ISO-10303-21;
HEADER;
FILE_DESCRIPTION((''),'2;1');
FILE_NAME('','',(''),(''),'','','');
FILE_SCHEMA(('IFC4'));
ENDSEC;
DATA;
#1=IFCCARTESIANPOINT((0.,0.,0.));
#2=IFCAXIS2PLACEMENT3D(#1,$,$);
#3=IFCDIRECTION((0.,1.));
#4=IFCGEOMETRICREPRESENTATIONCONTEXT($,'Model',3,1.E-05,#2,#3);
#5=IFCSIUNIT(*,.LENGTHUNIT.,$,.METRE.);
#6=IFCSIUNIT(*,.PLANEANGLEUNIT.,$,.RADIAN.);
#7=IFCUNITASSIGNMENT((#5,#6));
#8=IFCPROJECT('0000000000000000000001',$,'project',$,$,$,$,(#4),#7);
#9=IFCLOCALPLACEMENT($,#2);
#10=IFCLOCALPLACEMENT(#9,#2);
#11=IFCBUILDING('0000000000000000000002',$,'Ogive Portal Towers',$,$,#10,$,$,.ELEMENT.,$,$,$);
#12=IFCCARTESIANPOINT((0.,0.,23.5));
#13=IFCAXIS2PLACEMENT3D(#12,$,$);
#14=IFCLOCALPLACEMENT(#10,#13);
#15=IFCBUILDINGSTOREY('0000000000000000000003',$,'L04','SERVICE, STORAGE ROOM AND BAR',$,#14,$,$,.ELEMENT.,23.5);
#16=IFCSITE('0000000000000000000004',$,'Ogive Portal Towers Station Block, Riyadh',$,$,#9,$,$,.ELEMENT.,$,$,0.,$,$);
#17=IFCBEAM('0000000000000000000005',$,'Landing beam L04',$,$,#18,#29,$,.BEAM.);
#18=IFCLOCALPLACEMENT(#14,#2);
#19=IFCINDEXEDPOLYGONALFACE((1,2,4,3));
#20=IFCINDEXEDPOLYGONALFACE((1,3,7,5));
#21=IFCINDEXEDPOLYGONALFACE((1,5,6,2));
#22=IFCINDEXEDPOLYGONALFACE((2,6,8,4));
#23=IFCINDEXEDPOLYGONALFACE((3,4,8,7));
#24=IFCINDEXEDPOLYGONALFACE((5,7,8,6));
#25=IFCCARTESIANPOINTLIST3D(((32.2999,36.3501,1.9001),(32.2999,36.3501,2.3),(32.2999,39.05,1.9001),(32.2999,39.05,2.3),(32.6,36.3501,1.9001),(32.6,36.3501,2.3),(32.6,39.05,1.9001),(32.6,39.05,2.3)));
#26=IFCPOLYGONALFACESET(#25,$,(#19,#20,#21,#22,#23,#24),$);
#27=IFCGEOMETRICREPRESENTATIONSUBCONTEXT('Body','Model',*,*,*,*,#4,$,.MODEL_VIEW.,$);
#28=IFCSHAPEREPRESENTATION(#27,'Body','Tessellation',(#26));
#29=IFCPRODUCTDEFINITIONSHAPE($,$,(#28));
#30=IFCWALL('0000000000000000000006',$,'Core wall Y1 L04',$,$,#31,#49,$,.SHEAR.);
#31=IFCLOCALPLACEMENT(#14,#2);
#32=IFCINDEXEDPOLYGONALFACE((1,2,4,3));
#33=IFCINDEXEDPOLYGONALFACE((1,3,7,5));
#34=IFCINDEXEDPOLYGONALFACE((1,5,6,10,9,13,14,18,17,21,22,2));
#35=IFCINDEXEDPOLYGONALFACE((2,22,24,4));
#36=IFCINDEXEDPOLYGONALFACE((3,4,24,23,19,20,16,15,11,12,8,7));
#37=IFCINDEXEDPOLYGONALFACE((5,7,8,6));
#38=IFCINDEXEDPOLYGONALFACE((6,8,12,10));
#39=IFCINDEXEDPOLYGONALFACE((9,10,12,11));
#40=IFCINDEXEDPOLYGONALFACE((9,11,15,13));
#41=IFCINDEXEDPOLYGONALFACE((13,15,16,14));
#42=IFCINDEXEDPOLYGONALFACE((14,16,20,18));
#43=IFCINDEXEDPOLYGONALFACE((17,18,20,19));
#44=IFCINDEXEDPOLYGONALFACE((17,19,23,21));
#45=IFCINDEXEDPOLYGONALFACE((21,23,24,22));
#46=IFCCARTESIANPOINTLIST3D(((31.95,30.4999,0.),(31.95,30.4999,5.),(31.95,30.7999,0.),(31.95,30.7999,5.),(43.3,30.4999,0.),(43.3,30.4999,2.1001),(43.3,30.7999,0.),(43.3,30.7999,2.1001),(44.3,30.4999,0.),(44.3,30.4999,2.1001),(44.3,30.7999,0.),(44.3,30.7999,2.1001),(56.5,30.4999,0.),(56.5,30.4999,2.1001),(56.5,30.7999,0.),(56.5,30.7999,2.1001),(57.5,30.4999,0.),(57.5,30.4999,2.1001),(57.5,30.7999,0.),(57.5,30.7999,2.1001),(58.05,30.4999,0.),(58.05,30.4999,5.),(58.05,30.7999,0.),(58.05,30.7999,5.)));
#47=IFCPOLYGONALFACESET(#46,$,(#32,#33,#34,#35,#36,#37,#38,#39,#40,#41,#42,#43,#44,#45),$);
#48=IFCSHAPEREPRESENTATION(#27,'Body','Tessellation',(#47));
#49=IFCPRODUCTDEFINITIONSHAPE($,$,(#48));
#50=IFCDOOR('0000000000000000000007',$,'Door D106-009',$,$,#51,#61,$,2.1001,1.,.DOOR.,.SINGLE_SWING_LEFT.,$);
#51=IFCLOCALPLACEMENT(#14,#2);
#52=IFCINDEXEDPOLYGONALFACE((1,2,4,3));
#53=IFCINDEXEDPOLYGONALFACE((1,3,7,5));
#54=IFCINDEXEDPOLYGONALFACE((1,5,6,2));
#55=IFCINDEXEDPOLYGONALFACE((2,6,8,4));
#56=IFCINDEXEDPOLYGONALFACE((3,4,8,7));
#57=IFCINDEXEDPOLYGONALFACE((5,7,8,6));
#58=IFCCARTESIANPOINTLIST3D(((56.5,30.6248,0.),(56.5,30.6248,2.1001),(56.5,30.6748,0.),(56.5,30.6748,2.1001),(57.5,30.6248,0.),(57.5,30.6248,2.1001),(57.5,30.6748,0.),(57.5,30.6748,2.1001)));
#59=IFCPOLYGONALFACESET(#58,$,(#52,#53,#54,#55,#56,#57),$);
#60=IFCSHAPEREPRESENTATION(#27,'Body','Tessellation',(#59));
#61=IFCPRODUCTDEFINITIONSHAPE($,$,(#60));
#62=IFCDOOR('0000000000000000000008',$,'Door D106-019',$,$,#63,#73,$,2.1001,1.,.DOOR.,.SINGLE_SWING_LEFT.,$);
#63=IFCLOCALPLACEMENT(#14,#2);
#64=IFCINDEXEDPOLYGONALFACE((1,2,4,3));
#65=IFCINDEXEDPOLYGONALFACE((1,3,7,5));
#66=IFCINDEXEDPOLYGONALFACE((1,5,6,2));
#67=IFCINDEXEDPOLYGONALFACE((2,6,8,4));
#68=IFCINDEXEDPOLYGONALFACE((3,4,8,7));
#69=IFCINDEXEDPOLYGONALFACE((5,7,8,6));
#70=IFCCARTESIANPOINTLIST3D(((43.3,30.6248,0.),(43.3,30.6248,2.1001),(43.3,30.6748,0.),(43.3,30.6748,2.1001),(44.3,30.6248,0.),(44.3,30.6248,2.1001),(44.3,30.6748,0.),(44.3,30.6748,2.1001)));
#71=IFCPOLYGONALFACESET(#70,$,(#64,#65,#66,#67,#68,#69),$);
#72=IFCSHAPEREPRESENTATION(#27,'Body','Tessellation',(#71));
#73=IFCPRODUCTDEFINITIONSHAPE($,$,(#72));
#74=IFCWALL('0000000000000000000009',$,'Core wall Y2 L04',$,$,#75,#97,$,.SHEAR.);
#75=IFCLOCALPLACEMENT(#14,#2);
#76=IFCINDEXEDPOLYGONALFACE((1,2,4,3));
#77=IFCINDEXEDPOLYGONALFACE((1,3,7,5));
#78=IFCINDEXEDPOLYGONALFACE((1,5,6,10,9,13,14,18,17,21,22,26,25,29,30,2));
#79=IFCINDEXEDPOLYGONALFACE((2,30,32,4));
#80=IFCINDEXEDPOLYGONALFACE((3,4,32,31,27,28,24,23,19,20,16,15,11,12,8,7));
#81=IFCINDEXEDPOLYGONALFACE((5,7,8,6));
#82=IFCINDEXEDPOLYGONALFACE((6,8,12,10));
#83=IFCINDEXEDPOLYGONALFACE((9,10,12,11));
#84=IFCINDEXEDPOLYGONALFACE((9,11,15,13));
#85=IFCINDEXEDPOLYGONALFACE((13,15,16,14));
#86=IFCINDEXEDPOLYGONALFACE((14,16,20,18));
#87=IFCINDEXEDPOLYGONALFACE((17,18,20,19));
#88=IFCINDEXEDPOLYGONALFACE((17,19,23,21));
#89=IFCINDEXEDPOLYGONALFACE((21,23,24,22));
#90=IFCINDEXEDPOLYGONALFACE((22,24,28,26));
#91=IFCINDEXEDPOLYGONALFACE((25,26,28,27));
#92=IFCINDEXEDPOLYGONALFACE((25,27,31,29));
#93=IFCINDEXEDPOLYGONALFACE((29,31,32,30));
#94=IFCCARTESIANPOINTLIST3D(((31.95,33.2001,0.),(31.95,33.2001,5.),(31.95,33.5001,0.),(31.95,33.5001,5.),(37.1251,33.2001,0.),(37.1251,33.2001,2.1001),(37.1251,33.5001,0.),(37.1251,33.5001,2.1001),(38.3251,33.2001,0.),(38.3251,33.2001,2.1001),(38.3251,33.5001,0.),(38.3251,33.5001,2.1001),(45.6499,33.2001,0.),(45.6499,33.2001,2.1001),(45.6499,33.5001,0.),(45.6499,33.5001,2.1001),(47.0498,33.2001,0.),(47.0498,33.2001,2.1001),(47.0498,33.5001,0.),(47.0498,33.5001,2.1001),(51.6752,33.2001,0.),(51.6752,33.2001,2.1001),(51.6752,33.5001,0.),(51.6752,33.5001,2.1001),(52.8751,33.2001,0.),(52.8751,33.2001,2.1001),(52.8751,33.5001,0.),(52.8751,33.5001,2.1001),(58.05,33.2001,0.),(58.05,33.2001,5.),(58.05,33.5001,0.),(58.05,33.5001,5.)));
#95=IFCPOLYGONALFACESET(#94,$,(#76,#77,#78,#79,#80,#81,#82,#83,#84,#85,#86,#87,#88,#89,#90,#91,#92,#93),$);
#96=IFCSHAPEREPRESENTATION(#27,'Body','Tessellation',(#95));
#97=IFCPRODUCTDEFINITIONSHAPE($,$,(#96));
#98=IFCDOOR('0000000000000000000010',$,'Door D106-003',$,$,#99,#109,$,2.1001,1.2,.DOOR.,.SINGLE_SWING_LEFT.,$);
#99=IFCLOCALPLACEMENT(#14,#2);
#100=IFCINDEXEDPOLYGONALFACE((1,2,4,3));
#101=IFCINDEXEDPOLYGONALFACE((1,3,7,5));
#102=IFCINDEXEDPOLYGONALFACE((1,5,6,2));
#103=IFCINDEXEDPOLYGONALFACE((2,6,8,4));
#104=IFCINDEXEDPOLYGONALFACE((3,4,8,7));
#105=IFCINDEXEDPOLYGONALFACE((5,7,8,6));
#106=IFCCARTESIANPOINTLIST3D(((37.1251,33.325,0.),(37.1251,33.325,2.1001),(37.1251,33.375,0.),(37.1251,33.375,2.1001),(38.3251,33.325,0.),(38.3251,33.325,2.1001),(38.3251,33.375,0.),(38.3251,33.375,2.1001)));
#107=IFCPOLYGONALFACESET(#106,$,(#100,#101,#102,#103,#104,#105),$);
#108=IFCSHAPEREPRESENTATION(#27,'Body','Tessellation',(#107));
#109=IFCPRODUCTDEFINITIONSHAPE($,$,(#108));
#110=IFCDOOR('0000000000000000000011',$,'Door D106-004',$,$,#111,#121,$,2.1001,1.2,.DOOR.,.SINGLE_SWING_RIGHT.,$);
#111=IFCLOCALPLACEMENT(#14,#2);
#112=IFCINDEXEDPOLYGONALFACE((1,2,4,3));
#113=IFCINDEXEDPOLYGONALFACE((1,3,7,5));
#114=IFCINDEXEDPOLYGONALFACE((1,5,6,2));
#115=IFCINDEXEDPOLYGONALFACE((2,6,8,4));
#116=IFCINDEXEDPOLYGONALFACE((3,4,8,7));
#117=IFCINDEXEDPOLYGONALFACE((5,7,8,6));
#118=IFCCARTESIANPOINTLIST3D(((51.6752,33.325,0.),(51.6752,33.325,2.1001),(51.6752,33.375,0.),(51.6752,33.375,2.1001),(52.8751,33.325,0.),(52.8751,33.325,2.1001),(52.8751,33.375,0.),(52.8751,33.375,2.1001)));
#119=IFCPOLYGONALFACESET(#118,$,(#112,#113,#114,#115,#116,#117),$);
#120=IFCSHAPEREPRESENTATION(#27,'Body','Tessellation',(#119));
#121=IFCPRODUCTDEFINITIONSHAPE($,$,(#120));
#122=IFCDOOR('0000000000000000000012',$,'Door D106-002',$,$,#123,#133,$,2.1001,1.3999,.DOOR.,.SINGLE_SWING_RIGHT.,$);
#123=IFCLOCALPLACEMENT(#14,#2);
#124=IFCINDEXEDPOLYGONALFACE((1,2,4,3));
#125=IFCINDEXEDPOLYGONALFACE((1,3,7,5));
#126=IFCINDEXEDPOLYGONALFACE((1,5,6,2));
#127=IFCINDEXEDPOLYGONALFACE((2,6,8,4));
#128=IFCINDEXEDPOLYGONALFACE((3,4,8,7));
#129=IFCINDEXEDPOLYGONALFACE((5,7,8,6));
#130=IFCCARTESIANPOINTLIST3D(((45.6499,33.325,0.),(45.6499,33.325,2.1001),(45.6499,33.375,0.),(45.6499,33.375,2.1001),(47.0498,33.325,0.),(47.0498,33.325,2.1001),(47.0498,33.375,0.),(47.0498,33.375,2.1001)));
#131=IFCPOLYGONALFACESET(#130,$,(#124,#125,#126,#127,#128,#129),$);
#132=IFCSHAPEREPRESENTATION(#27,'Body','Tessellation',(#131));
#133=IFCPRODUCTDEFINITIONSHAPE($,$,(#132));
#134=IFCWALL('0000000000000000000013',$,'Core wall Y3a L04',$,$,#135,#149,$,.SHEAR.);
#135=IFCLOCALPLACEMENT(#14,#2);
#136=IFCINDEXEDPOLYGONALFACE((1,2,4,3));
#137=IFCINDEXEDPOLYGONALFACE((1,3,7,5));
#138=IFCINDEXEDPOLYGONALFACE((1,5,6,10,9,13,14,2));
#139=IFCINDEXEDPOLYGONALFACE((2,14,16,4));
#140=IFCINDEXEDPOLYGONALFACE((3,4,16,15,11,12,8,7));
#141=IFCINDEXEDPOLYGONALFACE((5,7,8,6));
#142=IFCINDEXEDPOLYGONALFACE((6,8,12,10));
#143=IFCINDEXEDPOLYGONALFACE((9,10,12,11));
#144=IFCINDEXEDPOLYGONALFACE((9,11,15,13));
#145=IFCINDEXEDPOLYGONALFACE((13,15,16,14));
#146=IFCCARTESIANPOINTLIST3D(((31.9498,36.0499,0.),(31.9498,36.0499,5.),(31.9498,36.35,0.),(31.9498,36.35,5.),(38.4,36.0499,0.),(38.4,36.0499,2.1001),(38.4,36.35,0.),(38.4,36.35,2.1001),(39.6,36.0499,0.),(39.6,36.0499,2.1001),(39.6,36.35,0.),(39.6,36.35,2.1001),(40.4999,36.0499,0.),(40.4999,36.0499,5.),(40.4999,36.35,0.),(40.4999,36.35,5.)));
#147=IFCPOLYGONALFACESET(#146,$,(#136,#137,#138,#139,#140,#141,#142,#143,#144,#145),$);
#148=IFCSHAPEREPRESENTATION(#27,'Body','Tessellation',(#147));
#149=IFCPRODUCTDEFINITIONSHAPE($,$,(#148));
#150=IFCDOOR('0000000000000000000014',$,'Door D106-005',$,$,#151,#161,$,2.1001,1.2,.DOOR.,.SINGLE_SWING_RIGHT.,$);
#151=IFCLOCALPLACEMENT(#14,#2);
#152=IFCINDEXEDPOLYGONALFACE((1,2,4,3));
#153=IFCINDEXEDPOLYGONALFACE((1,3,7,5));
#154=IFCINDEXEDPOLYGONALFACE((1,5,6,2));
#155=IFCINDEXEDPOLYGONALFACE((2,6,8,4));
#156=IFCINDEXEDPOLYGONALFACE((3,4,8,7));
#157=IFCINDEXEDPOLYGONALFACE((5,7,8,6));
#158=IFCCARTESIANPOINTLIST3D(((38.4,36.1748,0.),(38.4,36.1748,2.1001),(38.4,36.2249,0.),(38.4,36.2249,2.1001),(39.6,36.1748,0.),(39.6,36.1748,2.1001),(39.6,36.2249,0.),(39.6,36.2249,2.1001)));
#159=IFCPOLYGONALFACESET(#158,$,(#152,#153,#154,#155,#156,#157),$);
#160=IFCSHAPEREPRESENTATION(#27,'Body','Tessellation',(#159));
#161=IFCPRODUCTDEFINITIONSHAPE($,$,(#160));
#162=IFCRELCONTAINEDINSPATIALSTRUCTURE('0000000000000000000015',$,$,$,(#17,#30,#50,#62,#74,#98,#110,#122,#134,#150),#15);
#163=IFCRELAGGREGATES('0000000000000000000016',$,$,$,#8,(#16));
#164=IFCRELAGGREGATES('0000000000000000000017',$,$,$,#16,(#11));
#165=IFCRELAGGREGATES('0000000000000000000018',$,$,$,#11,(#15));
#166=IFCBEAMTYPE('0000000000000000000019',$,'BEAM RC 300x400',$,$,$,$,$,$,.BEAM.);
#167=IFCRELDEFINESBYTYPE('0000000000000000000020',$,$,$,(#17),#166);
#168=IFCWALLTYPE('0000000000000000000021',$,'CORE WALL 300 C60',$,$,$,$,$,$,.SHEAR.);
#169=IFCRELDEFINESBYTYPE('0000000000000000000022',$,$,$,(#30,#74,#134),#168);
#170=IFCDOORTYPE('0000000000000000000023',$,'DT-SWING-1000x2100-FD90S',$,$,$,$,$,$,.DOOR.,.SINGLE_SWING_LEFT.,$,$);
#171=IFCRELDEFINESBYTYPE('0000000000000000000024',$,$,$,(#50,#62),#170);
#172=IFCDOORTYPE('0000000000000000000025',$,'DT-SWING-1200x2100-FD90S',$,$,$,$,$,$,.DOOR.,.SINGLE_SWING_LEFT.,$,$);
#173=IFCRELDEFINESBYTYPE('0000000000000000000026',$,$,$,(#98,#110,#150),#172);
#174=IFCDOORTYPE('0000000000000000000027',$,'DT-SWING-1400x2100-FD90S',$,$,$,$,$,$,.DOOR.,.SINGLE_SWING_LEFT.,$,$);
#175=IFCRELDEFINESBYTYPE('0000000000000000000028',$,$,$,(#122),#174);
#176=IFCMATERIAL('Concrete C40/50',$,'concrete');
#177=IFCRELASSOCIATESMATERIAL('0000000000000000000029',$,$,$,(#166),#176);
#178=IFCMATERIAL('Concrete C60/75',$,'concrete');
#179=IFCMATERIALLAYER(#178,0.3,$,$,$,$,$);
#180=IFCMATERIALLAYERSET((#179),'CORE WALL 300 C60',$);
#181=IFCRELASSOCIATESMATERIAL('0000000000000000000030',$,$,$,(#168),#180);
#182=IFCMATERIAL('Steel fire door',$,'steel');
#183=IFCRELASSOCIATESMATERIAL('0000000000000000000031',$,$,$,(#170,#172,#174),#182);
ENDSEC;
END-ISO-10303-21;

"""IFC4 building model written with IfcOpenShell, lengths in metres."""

from ifc_helpers import new_model, si_unit, direction, frame, frame_2d, origin, origin_2d, place, context, subcontext, project, spatial, rectangle, extrude, material, layer, layer_set, material_profile, profile_set, type_object, element, fill, save


model = new_model("IFC4")

# Units and contexts
model_context = context("Model", 3, precision=1e-05, world=origin(), true_north=direction((0.0, 1.0)))
body_context = subcontext(model_context, "Body", "Model", "MODEL_VIEW")
ifc_project = project(units=[si_unit("LENGTHUNIT", "METRE"), si_unit("PLANEANGLEUNIT", "RADIAN")], contexts=[model_context])

# Site, building, storey
site_placement = place(None, origin())
site = spatial("IfcSite", under=ifc_project, at=site_placement, Name="Ogive Portal Towers Station Block, Riyadh", CompositionType="ELEMENT", RefElevation=0.0)
building_placement = place(site_placement, origin())
building = spatial("IfcBuilding", under=site, at=building_placement, Name="Ogive Portal Towers", CompositionType="ELEMENT")
storey_placement = place(building_placement, frame((0.0, 0.0, 23.5)))
storey = spatial("IfcBuildingStorey", under=building, at=storey_placement, Name="L04", Description="SERVICE, STORAGE ROOM AND BAR", CompositionType="ELEMENT", Elevation=23.5)

# Beam
ifc_material_1 = material(Name="Concrete C40/50", Category="concrete")
ifc_material_profile = material_profile(ifc_material_1, rectangle(XDim=0.3, YDim=0.3999, at=origin_2d()), Name="RC 300x400")
ifc_profile_set = profile_set([ifc_material_profile], Name="Concrete C40/50")
beam_type = type_object("IfcBeamType", Name="BEAM RC 300x400", PredefinedType="BEAM", material=ifc_profile_set)
beam_placement = place(storey_placement, frame((32.45, 36.3501, 2.1001), z_axis=(0.0, 1.0, 0.0), x_axis=(-1.0, 0.0, 0.0)))
element("IfcBeam", 1, at=beam_placement, inside=storey, type_object=beam_type, Name="Landing beam L04", PredefinedType="BEAM", context=body_context, shape_type="SweptSolid", body=[
    extrude(rectangle(XDim=0.3, YDim=0.3999, at=origin_2d()), origin(), (0.0, 0.0, 1.0), 2.7),
])

# Walls, openings, doors
ifc_material_2 = material(Name="Concrete C60/75", Category="concrete")
ifc_layer_1 = layer(ifc_material_2, 0.3)
ifc_layer_set_1 = layer_set([ifc_layer_1], Name="CORE WALL 300 C60")
wall_type_1 = type_object("IfcWallType", Name="CORE WALL 300 C60", PredefinedType="SHEAR", material=ifc_layer_set_1)
wall_1_placement = place(storey_placement, frame((31.95, 30.6499, 0.0), z_axis=(0.0, 0.0, 1.0), x_axis=(1.0, 0.0, 0.0)))
wall_1 = element("IfcWall", 2, at=wall_1_placement, inside=storey, type_object=wall_type_1, Name="Core wall Y1 L04", PredefinedType="SHEAR", context=body_context, shape_type="SweptSolid", body=[
    extrude(rectangle(XDim=26.1001, YDim=0.3, at=frame_2d((13.05, 0.0))), origin(), (0.0, 0.0, 1.0), 5.0),
])
opening_1_placement = place(wall_1_placement, frame((24.55, 0.0, 0.0)))
opening_1 = element("IfcOpeningElement", 3, at=opening_1_placement, cuts=wall_1, PredefinedType="OPENING", context=body_context, shape_type="SweptSolid", body=[
    extrude(rectangle(XDim=1.0, YDim=2.1001, at=frame_2d((0.5, 1.05))), frame((0.0, 0.1602, 0.0), z_axis=(0.0, -1.0, 0.0), x_axis=(1.0, 0.0, 0.0)), (0.0, 0.0, 1.0), 0.3201),
])
opening_2_placement = place(wall_1_placement, frame((11.3501, 0.0, 0.0)))
opening_2 = element("IfcOpeningElement", 4, at=opening_2_placement, cuts=wall_1, PredefinedType="OPENING", context=body_context, shape_type="SweptSolid", body=[
    extrude(rectangle(XDim=1.0, YDim=2.1001, at=frame_2d((0.5, 1.05))), frame((0.0, 0.1602, 0.0), z_axis=(0.0, -1.0, 0.0), x_axis=(1.0, 0.0, 0.0)), (0.0, 0.0, 1.0), 0.3201),
])
ifc_material_3 = material(Name="Steel fire door", Category="steel")
door_type_1 = type_object("IfcDoorType", Name="DT-SWING-1000x2100-FD90S", OperationType="SINGLE_SWING_LEFT", PredefinedType="DOOR", material=ifc_material_3)
door_1_placement = place(opening_1_placement, origin())
door_1 = element("IfcDoor", 5, at=door_1_placement, inside=storey, type_object=door_type_1, Name="Door D106-009", OperationType="SINGLE_SWING_LEFT", OverallHeight=2.1001, OverallWidth=1.0, PredefinedType="DOOR", context=body_context, shape_type="SweptSolid", body=[
    extrude(rectangle(XDim=1.0, YDim=2.1001, at=frame_2d((0.5, 1.05))), frame((0.0, 0.0249, 0.0), z_axis=(0.0, -1.0, 0.0), x_axis=(1.0, 0.0, 0.0)), (0.0, 0.0, 1.0), 0.05),
])
fill(opening_1, door_1)
door_2_placement = place(opening_2_placement, origin())
door_2 = element("IfcDoor", 6, at=door_2_placement, inside=storey, type_object=door_type_1, Name="Door D106-019", OperationType="SINGLE_SWING_LEFT", OverallHeight=2.1001, OverallWidth=1.0, PredefinedType="DOOR", context=body_context, shape_type="SweptSolid", body=[
    extrude(rectangle(XDim=1.0, YDim=2.1001, at=frame_2d((0.5, 1.05))), frame((0.0, 0.0249, 0.0), z_axis=(0.0, -1.0, 0.0), x_axis=(1.0, 0.0, 0.0)), (0.0, 0.0, 1.0), 0.05),
])
fill(opening_2, door_2)
wall_2_placement = place(storey_placement, frame((31.95, 33.3501, 0.0), z_axis=(0.0, 0.0, 1.0), x_axis=(1.0, 0.0, 0.0)))
wall_2 = element("IfcWall", 7, at=wall_2_placement, inside=storey, type_object=wall_type_1, Name="Core wall Y2 L04", PredefinedType="SHEAR", context=body_context, shape_type="SweptSolid", body=[
    extrude(rectangle(XDim=26.1001, YDim=0.3, at=frame_2d((13.05, 0.0))), origin(), (0.0, 0.0, 1.0), 5.0),
])
opening_3_placement = place(wall_2_placement, frame((13.7, 0.0, 0.0)))
opening_3 = element("IfcOpeningElement", 8, at=opening_3_placement, cuts=wall_2, PredefinedType="OPENING", context=body_context, shape_type="SweptSolid", body=[
    extrude(rectangle(XDim=1.3999, YDim=2.1001, at=frame_2d((0.7, 1.05))), frame((0.0, 0.1602, 0.0), z_axis=(0.0, -1.0, 0.0), x_axis=(1.0, 0.0, 0.0)), (0.0, 0.0, 1.0), 0.3201),
])
opening_4_placement = place(wall_2_placement, frame((5.175, 0.0, 0.0)))
opening_4 = element("IfcOpeningElement", 9, at=opening_4_placement, cuts=wall_2, PredefinedType="OPENING", context=body_context, shape_type="SweptSolid", body=[
    extrude(rectangle(XDim=1.2, YDim=2.1001, at=frame_2d((0.6001, 1.05))), frame((0.0, 0.1602, 0.0), z_axis=(0.0, -1.0, 0.0), x_axis=(1.0, 0.0, 0.0)), (0.0, 0.0, 1.0), 0.3201),
])
opening_5_placement = place(wall_2_placement, frame((19.7251, 0.0, 0.0)))
opening_5 = element("IfcOpeningElement", 10, at=opening_5_placement, cuts=wall_2, PredefinedType="OPENING", context=body_context, shape_type="SweptSolid", body=[
    extrude(rectangle(XDim=1.2, YDim=2.1001, at=frame_2d((0.6001, 1.05))), frame((0.0, 0.1602, 0.0), z_axis=(0.0, -1.0, 0.0), x_axis=(1.0, 0.0, 0.0)), (0.0, 0.0, 1.0), 0.3201),
])
door_type_2 = type_object("IfcDoorType", Name="DT-SWING-1200x2100-FD90S", OperationType="SINGLE_SWING_LEFT", PredefinedType="DOOR", material=ifc_material_3)
door_3_placement = place(opening_4_placement, origin())
door_3 = element("IfcDoor", 11, at=door_3_placement, inside=storey, type_object=door_type_2, Name="Door D106-003", OperationType="SINGLE_SWING_LEFT", OverallHeight=2.1001, OverallWidth=1.2, PredefinedType="DOOR", context=body_context, shape_type="SweptSolid", body=[
    extrude(rectangle(XDim=1.2, YDim=2.1001, at=frame_2d((0.6001, 1.05))), frame((0.0, 0.0249, 0.0), z_axis=(0.0, -1.0, 0.0), x_axis=(1.0, 0.0, 0.0)), (0.0, 0.0, 1.0), 0.05),
])
fill(opening_4, door_3)
door_4_placement = place(opening_5_placement, origin())
door_4 = element("IfcDoor", 12, at=door_4_placement, inside=storey, type_object=door_type_2, Name="Door D106-004", OperationType="SINGLE_SWING_RIGHT", OverallHeight=2.1001, OverallWidth=1.2, PredefinedType="DOOR", context=body_context, shape_type="SweptSolid", body=[
    extrude(rectangle(XDim=1.2, YDim=2.1001, at=frame_2d((0.6001, 1.05))), frame((0.0, 0.0249, 0.0), z_axis=(0.0, -1.0, 0.0), x_axis=(1.0, 0.0, 0.0)), (0.0, 0.0, 1.0), 0.05),
])
fill(opening_5, door_4)
door_type_3 = type_object("IfcDoorType", Name="DT-SWING-1400x2100-FD90S", OperationType="SINGLE_SWING_LEFT", PredefinedType="DOOR", material=ifc_material_3)
door_5_placement = place(opening_3_placement, origin())
door_5 = element("IfcDoor", 13, at=door_5_placement, inside=storey, type_object=door_type_3, Name="Door D106-002", OperationType="SINGLE_SWING_RIGHT", OverallHeight=2.1001, OverallWidth=1.3999, PredefinedType="DOOR", context=body_context, shape_type="SweptSolid", body=[
    extrude(rectangle(XDim=1.3999, YDim=2.1001, at=frame_2d((0.7, 1.05))), frame((0.0, 0.0249, 0.0), z_axis=(0.0, -1.0, 0.0), x_axis=(1.0, 0.0, 0.0)), (0.0, 0.0, 1.0), 0.05),
])
fill(opening_3, door_5)

# Wall, opening, door
wall_3_placement = place(storey_placement, frame((31.95, 36.2, 0.0), z_axis=(0.0, 0.0, 1.0), x_axis=(1.0, 0.0, 0.0)))
wall_3 = element("IfcWall", 14, at=wall_3_placement, inside=storey, type_object=wall_type_1, Name="Core wall Y3a L04", PredefinedType="SHEAR", context=body_context, shape_type="SweptSolid", body=[
    extrude(rectangle(XDim=8.55, YDim=0.3, at=frame_2d((4.2749, 0.0))), origin(), (0.0, 0.0, 1.0), 5.0),
])
opening_6_placement = place(wall_3_placement, frame((6.45, 0.0, 0.0)))
opening_6 = element("IfcOpeningElement", 15, at=opening_6_placement, cuts=wall_3, PredefinedType="OPENING", context=body_context, shape_type="SweptSolid", body=[
    extrude(rectangle(XDim=1.2, YDim=2.1001, at=frame_2d((0.6001, 1.05))), frame((0.0, 0.1602, 0.0), z_axis=(0.0, -1.0, 0.0), x_axis=(1.0, 0.0, 0.0)), (0.0, 0.0, 1.0), 0.3201),
])
door_6_placement = place(opening_6_placement, origin())
door_6 = element("IfcDoor", 16, at=door_6_placement, inside=storey, type_object=door_type_2, Name="Door D106-005", OperationType="SINGLE_SWING_RIGHT", OverallHeight=2.1001, OverallWidth=1.2, PredefinedType="DOOR", context=body_context, shape_type="SweptSolid", body=[
    extrude(rectangle(XDim=1.2, YDim=2.1001, at=frame_2d((0.6001, 1.05))), frame((0.0, 0.0249, 0.0), z_axis=(0.0, -1.0, 0.0), x_axis=(1.0, 0.0, 0.0)), (0.0, 0.0, 1.0), 0.05),
])
fill(opening_6, door_6)

save(model, "model.ifc")
